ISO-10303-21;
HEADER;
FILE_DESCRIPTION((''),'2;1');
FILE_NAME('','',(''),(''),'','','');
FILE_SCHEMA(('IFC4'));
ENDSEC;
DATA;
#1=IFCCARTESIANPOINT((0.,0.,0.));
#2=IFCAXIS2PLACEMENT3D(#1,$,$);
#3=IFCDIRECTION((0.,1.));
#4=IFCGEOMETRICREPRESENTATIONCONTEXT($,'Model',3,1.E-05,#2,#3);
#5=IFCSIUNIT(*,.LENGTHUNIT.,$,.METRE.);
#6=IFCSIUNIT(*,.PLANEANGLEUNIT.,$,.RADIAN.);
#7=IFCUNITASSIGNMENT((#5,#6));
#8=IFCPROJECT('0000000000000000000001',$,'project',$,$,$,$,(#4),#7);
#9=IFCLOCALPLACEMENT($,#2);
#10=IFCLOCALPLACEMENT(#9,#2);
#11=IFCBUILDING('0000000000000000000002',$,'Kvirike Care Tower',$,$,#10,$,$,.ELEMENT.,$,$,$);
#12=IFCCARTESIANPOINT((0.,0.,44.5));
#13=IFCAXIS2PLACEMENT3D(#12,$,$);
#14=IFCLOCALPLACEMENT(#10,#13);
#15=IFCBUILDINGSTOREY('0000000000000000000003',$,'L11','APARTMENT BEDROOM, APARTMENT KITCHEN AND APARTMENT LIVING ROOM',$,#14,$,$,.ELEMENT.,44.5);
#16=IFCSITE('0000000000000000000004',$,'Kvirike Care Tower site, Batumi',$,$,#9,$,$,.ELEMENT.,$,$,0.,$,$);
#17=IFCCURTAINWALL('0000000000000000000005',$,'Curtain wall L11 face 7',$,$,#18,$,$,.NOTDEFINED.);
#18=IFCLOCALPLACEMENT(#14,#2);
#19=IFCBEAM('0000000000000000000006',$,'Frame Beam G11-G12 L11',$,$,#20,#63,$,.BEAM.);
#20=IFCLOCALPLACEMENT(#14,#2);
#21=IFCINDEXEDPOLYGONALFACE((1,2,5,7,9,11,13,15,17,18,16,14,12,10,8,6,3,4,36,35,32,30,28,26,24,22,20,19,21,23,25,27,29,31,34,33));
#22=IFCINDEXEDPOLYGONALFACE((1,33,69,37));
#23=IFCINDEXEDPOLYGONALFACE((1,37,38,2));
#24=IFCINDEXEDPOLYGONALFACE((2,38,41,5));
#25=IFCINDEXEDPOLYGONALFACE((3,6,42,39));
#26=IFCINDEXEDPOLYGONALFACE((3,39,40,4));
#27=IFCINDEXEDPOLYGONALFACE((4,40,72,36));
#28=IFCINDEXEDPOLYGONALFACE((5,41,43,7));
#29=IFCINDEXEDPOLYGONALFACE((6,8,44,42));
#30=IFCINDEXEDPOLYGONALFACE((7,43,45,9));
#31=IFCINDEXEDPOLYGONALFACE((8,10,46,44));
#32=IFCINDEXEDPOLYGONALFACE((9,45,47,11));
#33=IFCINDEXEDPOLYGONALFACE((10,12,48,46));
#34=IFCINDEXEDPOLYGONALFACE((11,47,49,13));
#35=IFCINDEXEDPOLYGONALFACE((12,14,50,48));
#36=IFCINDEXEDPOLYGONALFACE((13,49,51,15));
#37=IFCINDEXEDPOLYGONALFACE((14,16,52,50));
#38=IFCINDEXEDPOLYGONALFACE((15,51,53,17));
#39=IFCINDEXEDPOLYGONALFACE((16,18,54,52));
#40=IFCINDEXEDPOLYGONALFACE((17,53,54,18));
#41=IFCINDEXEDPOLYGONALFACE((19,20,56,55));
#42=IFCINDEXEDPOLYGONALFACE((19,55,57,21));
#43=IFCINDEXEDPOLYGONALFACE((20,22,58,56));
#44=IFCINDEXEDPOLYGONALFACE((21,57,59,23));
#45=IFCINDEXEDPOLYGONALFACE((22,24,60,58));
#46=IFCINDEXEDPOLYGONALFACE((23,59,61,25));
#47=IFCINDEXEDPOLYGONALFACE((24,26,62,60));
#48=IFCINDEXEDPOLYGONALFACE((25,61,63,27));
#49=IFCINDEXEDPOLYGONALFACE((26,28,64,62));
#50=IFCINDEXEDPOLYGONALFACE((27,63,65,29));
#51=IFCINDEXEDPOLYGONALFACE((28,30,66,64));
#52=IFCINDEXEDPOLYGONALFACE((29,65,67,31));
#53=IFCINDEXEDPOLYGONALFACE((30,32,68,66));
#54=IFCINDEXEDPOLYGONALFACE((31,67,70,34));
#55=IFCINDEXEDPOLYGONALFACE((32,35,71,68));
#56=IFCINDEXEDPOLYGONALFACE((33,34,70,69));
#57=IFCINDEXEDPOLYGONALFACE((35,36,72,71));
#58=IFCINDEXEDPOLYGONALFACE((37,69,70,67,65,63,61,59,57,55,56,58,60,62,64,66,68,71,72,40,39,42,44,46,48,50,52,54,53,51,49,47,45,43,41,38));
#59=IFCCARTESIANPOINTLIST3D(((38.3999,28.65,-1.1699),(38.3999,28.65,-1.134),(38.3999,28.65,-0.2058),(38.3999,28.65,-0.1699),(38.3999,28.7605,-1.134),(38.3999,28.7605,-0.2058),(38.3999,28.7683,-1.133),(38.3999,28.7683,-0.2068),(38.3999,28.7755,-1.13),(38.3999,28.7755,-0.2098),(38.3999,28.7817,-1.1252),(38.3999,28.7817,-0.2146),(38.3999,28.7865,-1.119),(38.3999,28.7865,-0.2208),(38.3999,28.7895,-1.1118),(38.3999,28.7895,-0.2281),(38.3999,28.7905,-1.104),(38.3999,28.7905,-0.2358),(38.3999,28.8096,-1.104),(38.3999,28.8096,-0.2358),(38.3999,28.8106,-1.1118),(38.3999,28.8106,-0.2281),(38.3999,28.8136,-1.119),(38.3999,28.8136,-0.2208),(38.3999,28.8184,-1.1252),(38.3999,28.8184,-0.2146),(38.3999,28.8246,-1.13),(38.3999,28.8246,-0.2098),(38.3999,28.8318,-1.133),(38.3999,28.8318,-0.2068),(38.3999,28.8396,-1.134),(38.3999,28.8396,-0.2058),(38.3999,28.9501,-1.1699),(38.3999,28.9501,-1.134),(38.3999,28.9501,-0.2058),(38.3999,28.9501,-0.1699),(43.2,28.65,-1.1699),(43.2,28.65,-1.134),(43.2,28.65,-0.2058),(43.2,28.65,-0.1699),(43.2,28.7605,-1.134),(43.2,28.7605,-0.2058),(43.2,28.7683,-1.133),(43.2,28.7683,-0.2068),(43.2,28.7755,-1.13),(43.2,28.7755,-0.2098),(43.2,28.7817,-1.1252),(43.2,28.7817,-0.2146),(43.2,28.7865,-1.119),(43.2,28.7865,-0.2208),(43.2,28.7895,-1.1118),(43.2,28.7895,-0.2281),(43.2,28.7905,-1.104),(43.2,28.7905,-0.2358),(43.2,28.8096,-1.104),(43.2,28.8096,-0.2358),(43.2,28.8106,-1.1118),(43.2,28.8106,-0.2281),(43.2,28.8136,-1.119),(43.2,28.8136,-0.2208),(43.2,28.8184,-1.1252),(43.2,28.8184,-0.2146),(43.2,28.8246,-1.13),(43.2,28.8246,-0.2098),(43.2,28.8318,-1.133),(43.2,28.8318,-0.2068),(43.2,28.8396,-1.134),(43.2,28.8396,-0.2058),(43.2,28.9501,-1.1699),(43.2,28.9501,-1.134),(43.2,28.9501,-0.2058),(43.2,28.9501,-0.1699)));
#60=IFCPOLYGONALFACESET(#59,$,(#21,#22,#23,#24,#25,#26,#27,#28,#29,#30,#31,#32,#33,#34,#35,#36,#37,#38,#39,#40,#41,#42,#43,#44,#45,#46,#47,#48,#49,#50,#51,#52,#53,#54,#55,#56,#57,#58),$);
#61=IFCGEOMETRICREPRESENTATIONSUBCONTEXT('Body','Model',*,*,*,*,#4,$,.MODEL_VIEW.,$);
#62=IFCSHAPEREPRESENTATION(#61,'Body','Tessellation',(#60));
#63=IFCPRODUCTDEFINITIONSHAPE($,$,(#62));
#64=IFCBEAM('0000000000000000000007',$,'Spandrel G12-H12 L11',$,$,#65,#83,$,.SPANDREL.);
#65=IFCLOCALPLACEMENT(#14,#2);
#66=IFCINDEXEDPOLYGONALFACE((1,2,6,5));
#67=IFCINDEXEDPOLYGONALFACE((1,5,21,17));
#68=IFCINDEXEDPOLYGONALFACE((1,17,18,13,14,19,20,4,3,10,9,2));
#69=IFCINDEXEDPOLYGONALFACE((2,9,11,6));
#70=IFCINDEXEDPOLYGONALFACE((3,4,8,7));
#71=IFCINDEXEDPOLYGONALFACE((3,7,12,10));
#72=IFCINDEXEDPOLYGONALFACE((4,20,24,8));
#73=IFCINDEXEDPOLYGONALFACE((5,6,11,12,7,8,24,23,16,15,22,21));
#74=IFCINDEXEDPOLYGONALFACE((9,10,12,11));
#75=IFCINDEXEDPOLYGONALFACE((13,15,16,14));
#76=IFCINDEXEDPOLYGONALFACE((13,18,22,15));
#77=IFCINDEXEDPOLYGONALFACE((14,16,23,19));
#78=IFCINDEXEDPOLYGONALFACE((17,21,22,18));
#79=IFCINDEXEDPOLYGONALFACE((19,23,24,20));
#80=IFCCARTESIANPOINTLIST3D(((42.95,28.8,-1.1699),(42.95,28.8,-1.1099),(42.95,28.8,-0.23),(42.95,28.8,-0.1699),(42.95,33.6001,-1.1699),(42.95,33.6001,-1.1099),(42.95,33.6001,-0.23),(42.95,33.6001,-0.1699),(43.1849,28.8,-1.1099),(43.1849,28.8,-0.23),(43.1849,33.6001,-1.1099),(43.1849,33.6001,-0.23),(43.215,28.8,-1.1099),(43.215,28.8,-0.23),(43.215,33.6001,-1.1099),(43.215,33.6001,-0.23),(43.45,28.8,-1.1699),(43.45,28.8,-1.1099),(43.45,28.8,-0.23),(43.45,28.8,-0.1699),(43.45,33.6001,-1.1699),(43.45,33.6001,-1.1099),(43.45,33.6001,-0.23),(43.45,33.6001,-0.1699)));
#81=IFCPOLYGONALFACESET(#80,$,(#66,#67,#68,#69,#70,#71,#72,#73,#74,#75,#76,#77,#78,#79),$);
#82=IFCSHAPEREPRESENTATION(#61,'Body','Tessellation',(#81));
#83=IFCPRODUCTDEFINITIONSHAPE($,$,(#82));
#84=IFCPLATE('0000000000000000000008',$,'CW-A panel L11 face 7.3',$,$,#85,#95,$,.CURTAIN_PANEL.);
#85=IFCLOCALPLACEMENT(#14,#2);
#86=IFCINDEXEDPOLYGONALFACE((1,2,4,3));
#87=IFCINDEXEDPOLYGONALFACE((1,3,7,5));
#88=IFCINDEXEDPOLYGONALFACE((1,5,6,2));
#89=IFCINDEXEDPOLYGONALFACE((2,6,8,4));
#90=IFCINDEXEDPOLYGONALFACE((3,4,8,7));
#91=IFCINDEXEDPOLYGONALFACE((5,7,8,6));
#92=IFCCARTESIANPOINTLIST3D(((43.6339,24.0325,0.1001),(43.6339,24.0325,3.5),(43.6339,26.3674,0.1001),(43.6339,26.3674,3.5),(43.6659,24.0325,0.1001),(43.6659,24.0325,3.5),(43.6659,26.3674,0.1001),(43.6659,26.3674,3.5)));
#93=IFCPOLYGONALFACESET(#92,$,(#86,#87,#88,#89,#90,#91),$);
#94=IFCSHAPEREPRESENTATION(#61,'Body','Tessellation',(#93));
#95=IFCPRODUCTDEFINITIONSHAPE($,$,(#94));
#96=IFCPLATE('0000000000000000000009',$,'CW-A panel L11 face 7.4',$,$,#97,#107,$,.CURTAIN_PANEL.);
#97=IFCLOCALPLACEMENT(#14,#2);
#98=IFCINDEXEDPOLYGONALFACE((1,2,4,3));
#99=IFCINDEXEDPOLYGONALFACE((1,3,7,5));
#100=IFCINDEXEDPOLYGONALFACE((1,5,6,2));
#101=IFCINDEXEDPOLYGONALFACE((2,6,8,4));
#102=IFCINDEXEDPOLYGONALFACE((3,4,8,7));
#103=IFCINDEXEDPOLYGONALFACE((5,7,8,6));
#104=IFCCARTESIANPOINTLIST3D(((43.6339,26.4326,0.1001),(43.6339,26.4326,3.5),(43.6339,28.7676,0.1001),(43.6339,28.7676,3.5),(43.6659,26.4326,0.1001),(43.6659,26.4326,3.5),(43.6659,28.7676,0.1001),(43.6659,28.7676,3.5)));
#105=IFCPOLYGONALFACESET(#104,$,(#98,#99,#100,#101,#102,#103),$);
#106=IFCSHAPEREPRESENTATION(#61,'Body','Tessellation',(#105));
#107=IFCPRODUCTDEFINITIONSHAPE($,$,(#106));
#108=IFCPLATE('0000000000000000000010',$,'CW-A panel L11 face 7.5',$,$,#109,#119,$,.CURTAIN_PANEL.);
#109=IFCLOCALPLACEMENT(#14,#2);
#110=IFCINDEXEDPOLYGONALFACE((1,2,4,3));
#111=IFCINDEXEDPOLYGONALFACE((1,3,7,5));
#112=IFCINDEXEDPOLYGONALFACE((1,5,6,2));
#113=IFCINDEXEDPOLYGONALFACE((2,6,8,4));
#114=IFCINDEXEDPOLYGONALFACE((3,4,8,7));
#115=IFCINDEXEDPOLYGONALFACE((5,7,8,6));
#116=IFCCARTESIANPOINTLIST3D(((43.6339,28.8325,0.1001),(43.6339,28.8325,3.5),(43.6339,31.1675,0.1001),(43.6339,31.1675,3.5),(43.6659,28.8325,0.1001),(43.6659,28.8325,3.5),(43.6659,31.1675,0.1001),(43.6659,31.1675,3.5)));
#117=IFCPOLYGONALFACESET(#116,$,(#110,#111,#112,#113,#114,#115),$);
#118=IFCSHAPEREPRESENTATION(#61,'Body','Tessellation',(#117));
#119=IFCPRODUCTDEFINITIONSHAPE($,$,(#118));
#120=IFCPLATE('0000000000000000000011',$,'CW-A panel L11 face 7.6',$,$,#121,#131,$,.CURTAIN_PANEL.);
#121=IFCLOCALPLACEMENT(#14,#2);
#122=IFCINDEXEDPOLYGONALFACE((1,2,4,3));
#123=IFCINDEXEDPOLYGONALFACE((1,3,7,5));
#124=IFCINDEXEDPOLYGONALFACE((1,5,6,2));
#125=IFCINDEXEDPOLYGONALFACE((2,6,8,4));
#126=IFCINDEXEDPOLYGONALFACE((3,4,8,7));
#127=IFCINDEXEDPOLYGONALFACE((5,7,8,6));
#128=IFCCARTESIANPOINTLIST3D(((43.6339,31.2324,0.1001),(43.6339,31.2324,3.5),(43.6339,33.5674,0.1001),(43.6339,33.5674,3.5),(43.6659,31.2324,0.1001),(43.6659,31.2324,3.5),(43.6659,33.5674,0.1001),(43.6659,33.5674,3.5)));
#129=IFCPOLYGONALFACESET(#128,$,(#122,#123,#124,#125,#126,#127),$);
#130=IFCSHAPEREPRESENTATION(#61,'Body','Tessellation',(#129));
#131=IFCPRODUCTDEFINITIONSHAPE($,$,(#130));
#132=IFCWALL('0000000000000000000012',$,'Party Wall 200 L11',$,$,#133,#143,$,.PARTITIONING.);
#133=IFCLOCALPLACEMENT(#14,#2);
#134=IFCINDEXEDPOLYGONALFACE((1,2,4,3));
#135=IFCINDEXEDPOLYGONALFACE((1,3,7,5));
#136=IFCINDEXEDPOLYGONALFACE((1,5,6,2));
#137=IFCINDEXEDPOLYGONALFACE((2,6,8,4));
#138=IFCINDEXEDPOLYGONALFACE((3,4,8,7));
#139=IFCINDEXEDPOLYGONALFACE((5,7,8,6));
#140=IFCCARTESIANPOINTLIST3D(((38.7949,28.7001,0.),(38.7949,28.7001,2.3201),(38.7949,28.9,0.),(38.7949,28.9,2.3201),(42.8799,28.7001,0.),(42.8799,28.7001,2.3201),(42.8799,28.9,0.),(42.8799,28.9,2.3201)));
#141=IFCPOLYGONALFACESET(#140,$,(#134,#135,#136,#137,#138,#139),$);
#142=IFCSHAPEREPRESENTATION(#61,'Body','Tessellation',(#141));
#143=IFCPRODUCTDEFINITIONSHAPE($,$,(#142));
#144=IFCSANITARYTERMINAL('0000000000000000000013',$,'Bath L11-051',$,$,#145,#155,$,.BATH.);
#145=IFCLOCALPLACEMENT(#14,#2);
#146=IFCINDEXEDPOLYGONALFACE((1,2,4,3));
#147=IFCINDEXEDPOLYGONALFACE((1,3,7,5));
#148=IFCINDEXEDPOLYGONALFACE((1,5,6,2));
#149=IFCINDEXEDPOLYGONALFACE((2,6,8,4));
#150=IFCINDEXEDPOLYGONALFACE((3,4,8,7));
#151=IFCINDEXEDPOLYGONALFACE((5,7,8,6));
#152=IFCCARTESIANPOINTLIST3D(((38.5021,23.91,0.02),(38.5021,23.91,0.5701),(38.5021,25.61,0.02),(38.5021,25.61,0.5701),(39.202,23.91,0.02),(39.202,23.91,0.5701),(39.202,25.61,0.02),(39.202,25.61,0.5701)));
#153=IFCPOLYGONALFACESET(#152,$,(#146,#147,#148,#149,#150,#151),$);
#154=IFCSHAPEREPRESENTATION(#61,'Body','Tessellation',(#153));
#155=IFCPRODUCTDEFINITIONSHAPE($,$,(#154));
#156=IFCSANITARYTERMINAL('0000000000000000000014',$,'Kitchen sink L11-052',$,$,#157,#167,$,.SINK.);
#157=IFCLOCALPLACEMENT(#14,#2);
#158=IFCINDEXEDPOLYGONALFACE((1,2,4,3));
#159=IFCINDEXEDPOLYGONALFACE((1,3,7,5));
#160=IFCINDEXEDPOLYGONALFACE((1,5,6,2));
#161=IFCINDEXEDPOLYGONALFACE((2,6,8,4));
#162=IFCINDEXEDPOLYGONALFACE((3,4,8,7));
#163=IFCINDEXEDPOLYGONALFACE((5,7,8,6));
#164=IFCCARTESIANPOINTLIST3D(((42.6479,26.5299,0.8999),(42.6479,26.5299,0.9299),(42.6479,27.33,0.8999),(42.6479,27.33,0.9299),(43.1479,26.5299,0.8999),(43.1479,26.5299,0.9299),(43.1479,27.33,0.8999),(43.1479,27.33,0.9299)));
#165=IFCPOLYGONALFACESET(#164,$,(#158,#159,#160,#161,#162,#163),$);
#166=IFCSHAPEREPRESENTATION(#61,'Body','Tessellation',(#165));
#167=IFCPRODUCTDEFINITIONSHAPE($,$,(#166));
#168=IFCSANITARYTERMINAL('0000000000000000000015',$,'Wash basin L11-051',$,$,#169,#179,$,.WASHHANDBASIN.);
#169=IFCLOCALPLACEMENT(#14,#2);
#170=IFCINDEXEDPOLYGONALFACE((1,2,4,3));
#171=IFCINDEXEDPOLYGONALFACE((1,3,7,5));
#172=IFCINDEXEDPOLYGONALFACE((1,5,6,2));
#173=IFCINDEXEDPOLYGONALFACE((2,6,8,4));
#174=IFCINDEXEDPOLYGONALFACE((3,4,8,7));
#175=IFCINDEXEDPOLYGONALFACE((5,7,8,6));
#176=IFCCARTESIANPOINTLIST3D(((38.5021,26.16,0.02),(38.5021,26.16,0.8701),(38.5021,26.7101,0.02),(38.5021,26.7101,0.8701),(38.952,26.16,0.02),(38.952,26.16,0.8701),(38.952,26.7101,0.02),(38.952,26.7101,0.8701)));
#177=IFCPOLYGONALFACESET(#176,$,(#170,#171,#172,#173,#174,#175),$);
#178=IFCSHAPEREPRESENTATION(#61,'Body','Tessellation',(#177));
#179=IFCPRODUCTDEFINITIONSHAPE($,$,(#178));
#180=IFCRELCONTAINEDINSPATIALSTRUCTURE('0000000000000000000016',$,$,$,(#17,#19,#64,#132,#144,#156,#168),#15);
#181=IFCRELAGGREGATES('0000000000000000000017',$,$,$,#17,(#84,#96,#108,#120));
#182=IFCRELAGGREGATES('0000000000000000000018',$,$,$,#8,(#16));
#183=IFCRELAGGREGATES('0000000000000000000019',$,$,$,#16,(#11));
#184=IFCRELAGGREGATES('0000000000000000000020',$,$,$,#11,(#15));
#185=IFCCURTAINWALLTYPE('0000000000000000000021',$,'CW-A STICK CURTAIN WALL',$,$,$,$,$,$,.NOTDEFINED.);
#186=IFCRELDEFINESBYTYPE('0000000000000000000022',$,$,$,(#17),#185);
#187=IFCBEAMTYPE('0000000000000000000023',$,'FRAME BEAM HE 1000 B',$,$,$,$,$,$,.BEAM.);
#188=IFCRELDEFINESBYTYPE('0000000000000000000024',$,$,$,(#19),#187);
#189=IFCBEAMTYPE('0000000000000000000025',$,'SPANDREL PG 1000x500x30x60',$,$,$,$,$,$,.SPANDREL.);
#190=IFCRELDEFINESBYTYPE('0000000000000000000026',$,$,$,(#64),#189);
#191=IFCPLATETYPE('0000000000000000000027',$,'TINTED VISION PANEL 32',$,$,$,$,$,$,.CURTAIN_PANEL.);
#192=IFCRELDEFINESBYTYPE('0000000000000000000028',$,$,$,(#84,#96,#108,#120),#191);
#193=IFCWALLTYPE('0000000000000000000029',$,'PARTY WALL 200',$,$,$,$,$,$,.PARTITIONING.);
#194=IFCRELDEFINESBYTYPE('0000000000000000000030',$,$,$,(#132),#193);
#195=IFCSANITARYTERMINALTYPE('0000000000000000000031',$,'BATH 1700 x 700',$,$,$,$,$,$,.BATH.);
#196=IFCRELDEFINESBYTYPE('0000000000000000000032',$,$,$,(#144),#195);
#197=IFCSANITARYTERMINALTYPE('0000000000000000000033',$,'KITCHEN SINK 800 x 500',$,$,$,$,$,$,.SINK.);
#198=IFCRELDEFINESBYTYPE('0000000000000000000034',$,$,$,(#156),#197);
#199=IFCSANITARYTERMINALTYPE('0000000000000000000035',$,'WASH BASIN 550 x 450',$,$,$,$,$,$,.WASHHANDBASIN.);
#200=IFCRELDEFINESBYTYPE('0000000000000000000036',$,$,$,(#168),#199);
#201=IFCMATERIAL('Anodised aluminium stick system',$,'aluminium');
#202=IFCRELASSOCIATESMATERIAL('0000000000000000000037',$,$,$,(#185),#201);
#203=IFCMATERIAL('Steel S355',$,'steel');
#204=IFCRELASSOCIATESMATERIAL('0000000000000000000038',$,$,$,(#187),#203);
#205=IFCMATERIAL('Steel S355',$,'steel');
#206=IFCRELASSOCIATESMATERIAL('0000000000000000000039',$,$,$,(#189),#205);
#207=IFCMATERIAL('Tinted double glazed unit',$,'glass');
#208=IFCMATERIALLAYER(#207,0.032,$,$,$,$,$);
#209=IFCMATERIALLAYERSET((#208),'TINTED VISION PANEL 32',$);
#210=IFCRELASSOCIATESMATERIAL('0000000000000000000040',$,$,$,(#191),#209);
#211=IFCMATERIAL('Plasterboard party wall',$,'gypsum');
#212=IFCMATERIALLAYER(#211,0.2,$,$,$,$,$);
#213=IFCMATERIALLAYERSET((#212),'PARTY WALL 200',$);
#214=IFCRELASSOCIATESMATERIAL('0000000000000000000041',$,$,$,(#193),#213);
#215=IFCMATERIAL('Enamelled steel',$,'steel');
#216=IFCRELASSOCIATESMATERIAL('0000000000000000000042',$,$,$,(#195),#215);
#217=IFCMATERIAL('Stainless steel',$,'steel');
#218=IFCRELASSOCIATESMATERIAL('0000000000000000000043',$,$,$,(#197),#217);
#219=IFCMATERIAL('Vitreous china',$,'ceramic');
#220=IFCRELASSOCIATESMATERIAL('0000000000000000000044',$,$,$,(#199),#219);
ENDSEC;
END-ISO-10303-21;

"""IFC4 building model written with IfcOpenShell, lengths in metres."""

from ifc_helpers import new_model, si_unit, direction, frame, frame_2d, origin, origin_2d, place, context, subcontext, project, spatial, rectangle, i_section, extrude, material, layer, layer_set, material_profile, profile_set, type_object, element, aggregate, save


model = new_model("IFC4")

# Units and contexts
model_context = context("Model", 3, precision=1e-05, world=origin(), true_north=direction((0.0, 1.0)))
body_context = subcontext(model_context, "Body", "Model", "MODEL_VIEW")
ifc_project = project(units=[si_unit("LENGTHUNIT", "METRE"), si_unit("PLANEANGLEUNIT", "RADIAN")], contexts=[model_context])

# Site, building, storey
site_placement = place(None, origin())
site = spatial("IfcSite", under=ifc_project, at=site_placement, Name="Kvirike Care Tower site, Batumi", CompositionType="ELEMENT", RefElevation=0.0)
building_placement = place(site_placement, origin())
building = spatial("IfcBuilding", under=site, at=building_placement, Name="Kvirike Care Tower", CompositionType="ELEMENT")
storey_placement = place(building_placement, frame((0.0, 0.0, 44.5)))
storey = spatial("IfcBuildingStorey", under=building, at=storey_placement, Name="L11", Description="APARTMENT BEDROOM, APARTMENT KITCHEN AND APARTMENT LIVING ROOM", CompositionType="ELEMENT", Elevation=44.5)

# Curtain wall
ifc_material_1 = material(Name="Anodised aluminium stick system", Category="aluminium")
curtain_wall_type = type_object("IfcCurtainWallType", Name="CW-A STICK CURTAIN WALL", PredefinedType="NOTDEFINED", material=ifc_material_1)
curtain_wall_placement = place(storey_placement, origin())
curtain_wall = element("IfcCurtainWall", 1, at=curtain_wall_placement, inside=storey, type_object=curtain_wall_type, Name="Curtain wall L11 face 7", PredefinedType="NOTDEFINED")

# Beams
ifc_material_2 = material(Name="Steel S355", Category="steel")
ifc_material_profile_1 = material_profile(ifc_material_2, i_section(OverallWidth=0.3, OverallDepth=1.0, WebThickness=0.019, FlangeThickness=0.0359, FilletRadius=0.03, at=origin_2d()), Name="HE 1000 B")
ifc_profile_set_1 = profile_set([ifc_material_profile_1], Name="Steel S355")
beam_type_1 = type_object("IfcBeamType", Name="FRAME BEAM HE 1000 B", PredefinedType="BEAM", material=ifc_profile_set_1)
beam_1_placement = place(storey_placement, frame((38.3999, 28.8, -0.6699), z_axis=(1.0, 0.0, 0.0), x_axis=(0.0, 1.0, 0.0)))
element("IfcBeam", 2, at=beam_1_placement, inside=storey, type_object=beam_type_1, Name="Frame Beam G11-G12 L11", PredefinedType="BEAM", context=body_context, shape_type="SweptSolid", body=[
    extrude(i_section(OverallWidth=0.3, OverallDepth=1.0, WebThickness=0.019, FlangeThickness=0.0359, FilletRadius=0.03, at=origin_2d()), origin(), (0.0, 0.0, 1.0), 4.8),
])
ifc_material_3 = material(Name="Steel S355", Category="steel")
ifc_material_profile_2 = material_profile(ifc_material_3, i_section(OverallWidth=0.5, OverallDepth=1.0, WebThickness=0.03, FlangeThickness=0.0601, at=origin_2d()), Name="PG 1000x500x30x60")
ifc_profile_set_2 = profile_set([ifc_material_profile_2], Name="Steel S355")
beam_type_2 = type_object("IfcBeamType", Name="SPANDREL PG 1000x500x30x60", PredefinedType="SPANDREL", material=ifc_profile_set_2)
beam_2_placement = place(storey_placement, frame((43.2, 28.8, -0.6699), z_axis=(0.0, 1.0, 0.0), x_axis=(-1.0, 0.0, 0.0)))
element("IfcBeam", 3, at=beam_2_placement, inside=storey, type_object=beam_type_2, Name="Spandrel G12-H12 L11", PredefinedType="SPANDREL", context=body_context, shape_type="SweptSolid", body=[
    extrude(i_section(OverallWidth=0.5, OverallDepth=1.0, WebThickness=0.03, FlangeThickness=0.0601, at=origin_2d()), origin(), (0.0, 0.0, 1.0), 4.8),
])

# Plates
ifc_material_4 = material(Name="Tinted double glazed unit", Category="glass")
ifc_layer_1 = layer(ifc_material_4, 0.032)
ifc_layer_set_1 = layer_set([ifc_layer_1], Name="TINTED VISION PANEL 32")
plate_type = type_object("IfcPlateType", Name="TINTED VISION PANEL 32", PredefinedType="CURTAIN_PANEL", material=ifc_layer_set_1)
plate_1_placement = place(storey_placement, frame((43.6499, 25.2, 0.1001), z_axis=(0.0, 0.0, 1.0), x_axis=(0.0, 1.0, 0.0)))
plate_1 = element("IfcPlate", 4, at=plate_1_placement, type_object=plate_type, Name="CW-A panel L11 face 7.3", PredefinedType="CURTAIN_PANEL", context=body_context, shape_type="SweptSolid", body=[
    extrude(rectangle(XDim=2.335, YDim=0.032, at=origin_2d()), origin(), (0.0, 0.0, 1.0), 3.3999),
])
plate_2_placement = place(storey_placement, frame((43.6499, 27.6001, 0.1001), z_axis=(0.0, 0.0, 1.0), x_axis=(0.0, 1.0, 0.0)))
plate_2 = element("IfcPlate", 5, at=plate_2_placement, type_object=plate_type, Name="CW-A panel L11 face 7.4", PredefinedType="CURTAIN_PANEL", context=body_context, shape_type="SweptSolid", body=[
    extrude(rectangle(XDim=2.335, YDim=0.032, at=origin_2d()), origin(), (0.0, 0.0, 1.0), 3.3999),
])
plate_3_placement = place(storey_placement, frame((43.6499, 30.0, 0.1001), z_axis=(0.0, 0.0, 1.0), x_axis=(0.0, 1.0, 0.0)))
plate_3 = element("IfcPlate", 6, at=plate_3_placement, type_object=plate_type, Name="CW-A panel L11 face 7.5", PredefinedType="CURTAIN_PANEL", context=body_context, shape_type="SweptSolid", body=[
    extrude(rectangle(XDim=2.335, YDim=0.032, at=origin_2d()), origin(), (0.0, 0.0, 1.0), 3.3999),
])
plate_4_placement = place(storey_placement, frame((43.6499, 32.3999, 0.1001), z_axis=(0.0, 0.0, 1.0), x_axis=(0.0, 1.0, 0.0)))
plate_4 = element("IfcPlate", 7, at=plate_4_placement, type_object=plate_type, Name="CW-A panel L11 face 7.6", PredefinedType="CURTAIN_PANEL", context=body_context, shape_type="SweptSolid", body=[
    extrude(rectangle(XDim=2.335, YDim=0.032, at=origin_2d()), origin(), (0.0, 0.0, 1.0), 3.3999),
])
aggregate(curtain_wall, [plate_1, plate_2, plate_3, plate_4])

# Wall
ifc_material_5 = material(Name="Plasterboard party wall", Category="gypsum")
ifc_layer_2 = layer(ifc_material_5, 0.2)
ifc_layer_set_2 = layer_set([ifc_layer_2], Name="PARTY WALL 200")
wall_type = type_object("IfcWallType", Name="PARTY WALL 200", PredefinedType="PARTITIONING", material=ifc_layer_set_2)
wall_placement = place(storey_placement, frame((42.8799, 28.8, 0.0), z_axis=(0.0, 0.0, 1.0), x_axis=(-1.0, 0.0, 0.0)))
element("IfcWall", 8, at=wall_placement, inside=storey, type_object=wall_type, Name="Party Wall 200 L11", PredefinedType="PARTITIONING", context=body_context, shape_type="SweptSolid", body=[
    extrude(rectangle(XDim=4.085, YDim=0.2, at=frame_2d((2.0425, 0.0))), origin(), (0.0, 0.0, 1.0), 2.3201),
])

# Sanitary terminals
ifc_material_6 = material(Name="Enamelled steel", Category="steel")
sanitary_terminal_type_1 = type_object("IfcSanitaryTerminalType", Name="BATH 1700 x 700", PredefinedType="BATH", material=ifc_material_6)
sanitary_terminal_1_placement = place(storey_placement, frame((38.8521, 24.76, 0.02), z_axis=(0.0, 0.0, 1.0), x_axis=(0.0, 1.0, 0.0)))
element("IfcSanitaryTerminal", 9, at=sanitary_terminal_1_placement, inside=storey, type_object=sanitary_terminal_type_1, Name="Bath L11-051", PredefinedType="BATH", context=body_context, shape_type="SweptSolid", body=[
    extrude(rectangle(XDim=1.7, YDim=0.7, at=origin_2d()), origin(), (0.0, 0.0, 1.0), 0.55),
])
ifc_material_7 = material(Name="Stainless steel", Category="steel")
sanitary_terminal_type_2 = type_object("IfcSanitaryTerminalType", Name="KITCHEN SINK 800 x 500", PredefinedType="SINK", material=ifc_material_7)
sanitary_terminal_2_placement = place(storey_placement, frame((42.8979, 26.9299, 0.8999), z_axis=(0.0, 0.0, 1.0), x_axis=(0.0, -1.0, 0.0)))
element("IfcSanitaryTerminal", 10, at=sanitary_terminal_2_placement, inside=storey, type_object=sanitary_terminal_type_2, Name="Kitchen sink L11-052", PredefinedType="SINK", context=body_context, shape_type="SweptSolid", body=[
    extrude(rectangle(XDim=0.8, YDim=0.5, at=origin_2d()), origin(), (0.0, 0.0, 1.0), 0.03),
])
ifc_material_8 = material(Name="Vitreous china", Category="ceramic")
sanitary_terminal_type_3 = type_object("IfcSanitaryTerminalType", Name="WASH BASIN 550 x 450", PredefinedType="WASHHANDBASIN", material=ifc_material_8)
sanitary_terminal_3_placement = place(storey_placement, frame((38.7271, 26.4351, 0.02), z_axis=(0.0, 0.0, 1.0), x_axis=(0.0, 1.0, 0.0)))
element("IfcSanitaryTerminal", 11, at=sanitary_terminal_3_placement, inside=storey, type_object=sanitary_terminal_type_3, Name="Wash basin L11-051", PredefinedType="WASHHANDBASIN", context=body_context, shape_type="SweptSolid", body=[
    extrude(rectangle(XDim=0.55, YDim=0.45, at=origin_2d()), origin(), (0.0, 0.0, 1.0), 0.8501),
])

save(model, "model.ifc")
